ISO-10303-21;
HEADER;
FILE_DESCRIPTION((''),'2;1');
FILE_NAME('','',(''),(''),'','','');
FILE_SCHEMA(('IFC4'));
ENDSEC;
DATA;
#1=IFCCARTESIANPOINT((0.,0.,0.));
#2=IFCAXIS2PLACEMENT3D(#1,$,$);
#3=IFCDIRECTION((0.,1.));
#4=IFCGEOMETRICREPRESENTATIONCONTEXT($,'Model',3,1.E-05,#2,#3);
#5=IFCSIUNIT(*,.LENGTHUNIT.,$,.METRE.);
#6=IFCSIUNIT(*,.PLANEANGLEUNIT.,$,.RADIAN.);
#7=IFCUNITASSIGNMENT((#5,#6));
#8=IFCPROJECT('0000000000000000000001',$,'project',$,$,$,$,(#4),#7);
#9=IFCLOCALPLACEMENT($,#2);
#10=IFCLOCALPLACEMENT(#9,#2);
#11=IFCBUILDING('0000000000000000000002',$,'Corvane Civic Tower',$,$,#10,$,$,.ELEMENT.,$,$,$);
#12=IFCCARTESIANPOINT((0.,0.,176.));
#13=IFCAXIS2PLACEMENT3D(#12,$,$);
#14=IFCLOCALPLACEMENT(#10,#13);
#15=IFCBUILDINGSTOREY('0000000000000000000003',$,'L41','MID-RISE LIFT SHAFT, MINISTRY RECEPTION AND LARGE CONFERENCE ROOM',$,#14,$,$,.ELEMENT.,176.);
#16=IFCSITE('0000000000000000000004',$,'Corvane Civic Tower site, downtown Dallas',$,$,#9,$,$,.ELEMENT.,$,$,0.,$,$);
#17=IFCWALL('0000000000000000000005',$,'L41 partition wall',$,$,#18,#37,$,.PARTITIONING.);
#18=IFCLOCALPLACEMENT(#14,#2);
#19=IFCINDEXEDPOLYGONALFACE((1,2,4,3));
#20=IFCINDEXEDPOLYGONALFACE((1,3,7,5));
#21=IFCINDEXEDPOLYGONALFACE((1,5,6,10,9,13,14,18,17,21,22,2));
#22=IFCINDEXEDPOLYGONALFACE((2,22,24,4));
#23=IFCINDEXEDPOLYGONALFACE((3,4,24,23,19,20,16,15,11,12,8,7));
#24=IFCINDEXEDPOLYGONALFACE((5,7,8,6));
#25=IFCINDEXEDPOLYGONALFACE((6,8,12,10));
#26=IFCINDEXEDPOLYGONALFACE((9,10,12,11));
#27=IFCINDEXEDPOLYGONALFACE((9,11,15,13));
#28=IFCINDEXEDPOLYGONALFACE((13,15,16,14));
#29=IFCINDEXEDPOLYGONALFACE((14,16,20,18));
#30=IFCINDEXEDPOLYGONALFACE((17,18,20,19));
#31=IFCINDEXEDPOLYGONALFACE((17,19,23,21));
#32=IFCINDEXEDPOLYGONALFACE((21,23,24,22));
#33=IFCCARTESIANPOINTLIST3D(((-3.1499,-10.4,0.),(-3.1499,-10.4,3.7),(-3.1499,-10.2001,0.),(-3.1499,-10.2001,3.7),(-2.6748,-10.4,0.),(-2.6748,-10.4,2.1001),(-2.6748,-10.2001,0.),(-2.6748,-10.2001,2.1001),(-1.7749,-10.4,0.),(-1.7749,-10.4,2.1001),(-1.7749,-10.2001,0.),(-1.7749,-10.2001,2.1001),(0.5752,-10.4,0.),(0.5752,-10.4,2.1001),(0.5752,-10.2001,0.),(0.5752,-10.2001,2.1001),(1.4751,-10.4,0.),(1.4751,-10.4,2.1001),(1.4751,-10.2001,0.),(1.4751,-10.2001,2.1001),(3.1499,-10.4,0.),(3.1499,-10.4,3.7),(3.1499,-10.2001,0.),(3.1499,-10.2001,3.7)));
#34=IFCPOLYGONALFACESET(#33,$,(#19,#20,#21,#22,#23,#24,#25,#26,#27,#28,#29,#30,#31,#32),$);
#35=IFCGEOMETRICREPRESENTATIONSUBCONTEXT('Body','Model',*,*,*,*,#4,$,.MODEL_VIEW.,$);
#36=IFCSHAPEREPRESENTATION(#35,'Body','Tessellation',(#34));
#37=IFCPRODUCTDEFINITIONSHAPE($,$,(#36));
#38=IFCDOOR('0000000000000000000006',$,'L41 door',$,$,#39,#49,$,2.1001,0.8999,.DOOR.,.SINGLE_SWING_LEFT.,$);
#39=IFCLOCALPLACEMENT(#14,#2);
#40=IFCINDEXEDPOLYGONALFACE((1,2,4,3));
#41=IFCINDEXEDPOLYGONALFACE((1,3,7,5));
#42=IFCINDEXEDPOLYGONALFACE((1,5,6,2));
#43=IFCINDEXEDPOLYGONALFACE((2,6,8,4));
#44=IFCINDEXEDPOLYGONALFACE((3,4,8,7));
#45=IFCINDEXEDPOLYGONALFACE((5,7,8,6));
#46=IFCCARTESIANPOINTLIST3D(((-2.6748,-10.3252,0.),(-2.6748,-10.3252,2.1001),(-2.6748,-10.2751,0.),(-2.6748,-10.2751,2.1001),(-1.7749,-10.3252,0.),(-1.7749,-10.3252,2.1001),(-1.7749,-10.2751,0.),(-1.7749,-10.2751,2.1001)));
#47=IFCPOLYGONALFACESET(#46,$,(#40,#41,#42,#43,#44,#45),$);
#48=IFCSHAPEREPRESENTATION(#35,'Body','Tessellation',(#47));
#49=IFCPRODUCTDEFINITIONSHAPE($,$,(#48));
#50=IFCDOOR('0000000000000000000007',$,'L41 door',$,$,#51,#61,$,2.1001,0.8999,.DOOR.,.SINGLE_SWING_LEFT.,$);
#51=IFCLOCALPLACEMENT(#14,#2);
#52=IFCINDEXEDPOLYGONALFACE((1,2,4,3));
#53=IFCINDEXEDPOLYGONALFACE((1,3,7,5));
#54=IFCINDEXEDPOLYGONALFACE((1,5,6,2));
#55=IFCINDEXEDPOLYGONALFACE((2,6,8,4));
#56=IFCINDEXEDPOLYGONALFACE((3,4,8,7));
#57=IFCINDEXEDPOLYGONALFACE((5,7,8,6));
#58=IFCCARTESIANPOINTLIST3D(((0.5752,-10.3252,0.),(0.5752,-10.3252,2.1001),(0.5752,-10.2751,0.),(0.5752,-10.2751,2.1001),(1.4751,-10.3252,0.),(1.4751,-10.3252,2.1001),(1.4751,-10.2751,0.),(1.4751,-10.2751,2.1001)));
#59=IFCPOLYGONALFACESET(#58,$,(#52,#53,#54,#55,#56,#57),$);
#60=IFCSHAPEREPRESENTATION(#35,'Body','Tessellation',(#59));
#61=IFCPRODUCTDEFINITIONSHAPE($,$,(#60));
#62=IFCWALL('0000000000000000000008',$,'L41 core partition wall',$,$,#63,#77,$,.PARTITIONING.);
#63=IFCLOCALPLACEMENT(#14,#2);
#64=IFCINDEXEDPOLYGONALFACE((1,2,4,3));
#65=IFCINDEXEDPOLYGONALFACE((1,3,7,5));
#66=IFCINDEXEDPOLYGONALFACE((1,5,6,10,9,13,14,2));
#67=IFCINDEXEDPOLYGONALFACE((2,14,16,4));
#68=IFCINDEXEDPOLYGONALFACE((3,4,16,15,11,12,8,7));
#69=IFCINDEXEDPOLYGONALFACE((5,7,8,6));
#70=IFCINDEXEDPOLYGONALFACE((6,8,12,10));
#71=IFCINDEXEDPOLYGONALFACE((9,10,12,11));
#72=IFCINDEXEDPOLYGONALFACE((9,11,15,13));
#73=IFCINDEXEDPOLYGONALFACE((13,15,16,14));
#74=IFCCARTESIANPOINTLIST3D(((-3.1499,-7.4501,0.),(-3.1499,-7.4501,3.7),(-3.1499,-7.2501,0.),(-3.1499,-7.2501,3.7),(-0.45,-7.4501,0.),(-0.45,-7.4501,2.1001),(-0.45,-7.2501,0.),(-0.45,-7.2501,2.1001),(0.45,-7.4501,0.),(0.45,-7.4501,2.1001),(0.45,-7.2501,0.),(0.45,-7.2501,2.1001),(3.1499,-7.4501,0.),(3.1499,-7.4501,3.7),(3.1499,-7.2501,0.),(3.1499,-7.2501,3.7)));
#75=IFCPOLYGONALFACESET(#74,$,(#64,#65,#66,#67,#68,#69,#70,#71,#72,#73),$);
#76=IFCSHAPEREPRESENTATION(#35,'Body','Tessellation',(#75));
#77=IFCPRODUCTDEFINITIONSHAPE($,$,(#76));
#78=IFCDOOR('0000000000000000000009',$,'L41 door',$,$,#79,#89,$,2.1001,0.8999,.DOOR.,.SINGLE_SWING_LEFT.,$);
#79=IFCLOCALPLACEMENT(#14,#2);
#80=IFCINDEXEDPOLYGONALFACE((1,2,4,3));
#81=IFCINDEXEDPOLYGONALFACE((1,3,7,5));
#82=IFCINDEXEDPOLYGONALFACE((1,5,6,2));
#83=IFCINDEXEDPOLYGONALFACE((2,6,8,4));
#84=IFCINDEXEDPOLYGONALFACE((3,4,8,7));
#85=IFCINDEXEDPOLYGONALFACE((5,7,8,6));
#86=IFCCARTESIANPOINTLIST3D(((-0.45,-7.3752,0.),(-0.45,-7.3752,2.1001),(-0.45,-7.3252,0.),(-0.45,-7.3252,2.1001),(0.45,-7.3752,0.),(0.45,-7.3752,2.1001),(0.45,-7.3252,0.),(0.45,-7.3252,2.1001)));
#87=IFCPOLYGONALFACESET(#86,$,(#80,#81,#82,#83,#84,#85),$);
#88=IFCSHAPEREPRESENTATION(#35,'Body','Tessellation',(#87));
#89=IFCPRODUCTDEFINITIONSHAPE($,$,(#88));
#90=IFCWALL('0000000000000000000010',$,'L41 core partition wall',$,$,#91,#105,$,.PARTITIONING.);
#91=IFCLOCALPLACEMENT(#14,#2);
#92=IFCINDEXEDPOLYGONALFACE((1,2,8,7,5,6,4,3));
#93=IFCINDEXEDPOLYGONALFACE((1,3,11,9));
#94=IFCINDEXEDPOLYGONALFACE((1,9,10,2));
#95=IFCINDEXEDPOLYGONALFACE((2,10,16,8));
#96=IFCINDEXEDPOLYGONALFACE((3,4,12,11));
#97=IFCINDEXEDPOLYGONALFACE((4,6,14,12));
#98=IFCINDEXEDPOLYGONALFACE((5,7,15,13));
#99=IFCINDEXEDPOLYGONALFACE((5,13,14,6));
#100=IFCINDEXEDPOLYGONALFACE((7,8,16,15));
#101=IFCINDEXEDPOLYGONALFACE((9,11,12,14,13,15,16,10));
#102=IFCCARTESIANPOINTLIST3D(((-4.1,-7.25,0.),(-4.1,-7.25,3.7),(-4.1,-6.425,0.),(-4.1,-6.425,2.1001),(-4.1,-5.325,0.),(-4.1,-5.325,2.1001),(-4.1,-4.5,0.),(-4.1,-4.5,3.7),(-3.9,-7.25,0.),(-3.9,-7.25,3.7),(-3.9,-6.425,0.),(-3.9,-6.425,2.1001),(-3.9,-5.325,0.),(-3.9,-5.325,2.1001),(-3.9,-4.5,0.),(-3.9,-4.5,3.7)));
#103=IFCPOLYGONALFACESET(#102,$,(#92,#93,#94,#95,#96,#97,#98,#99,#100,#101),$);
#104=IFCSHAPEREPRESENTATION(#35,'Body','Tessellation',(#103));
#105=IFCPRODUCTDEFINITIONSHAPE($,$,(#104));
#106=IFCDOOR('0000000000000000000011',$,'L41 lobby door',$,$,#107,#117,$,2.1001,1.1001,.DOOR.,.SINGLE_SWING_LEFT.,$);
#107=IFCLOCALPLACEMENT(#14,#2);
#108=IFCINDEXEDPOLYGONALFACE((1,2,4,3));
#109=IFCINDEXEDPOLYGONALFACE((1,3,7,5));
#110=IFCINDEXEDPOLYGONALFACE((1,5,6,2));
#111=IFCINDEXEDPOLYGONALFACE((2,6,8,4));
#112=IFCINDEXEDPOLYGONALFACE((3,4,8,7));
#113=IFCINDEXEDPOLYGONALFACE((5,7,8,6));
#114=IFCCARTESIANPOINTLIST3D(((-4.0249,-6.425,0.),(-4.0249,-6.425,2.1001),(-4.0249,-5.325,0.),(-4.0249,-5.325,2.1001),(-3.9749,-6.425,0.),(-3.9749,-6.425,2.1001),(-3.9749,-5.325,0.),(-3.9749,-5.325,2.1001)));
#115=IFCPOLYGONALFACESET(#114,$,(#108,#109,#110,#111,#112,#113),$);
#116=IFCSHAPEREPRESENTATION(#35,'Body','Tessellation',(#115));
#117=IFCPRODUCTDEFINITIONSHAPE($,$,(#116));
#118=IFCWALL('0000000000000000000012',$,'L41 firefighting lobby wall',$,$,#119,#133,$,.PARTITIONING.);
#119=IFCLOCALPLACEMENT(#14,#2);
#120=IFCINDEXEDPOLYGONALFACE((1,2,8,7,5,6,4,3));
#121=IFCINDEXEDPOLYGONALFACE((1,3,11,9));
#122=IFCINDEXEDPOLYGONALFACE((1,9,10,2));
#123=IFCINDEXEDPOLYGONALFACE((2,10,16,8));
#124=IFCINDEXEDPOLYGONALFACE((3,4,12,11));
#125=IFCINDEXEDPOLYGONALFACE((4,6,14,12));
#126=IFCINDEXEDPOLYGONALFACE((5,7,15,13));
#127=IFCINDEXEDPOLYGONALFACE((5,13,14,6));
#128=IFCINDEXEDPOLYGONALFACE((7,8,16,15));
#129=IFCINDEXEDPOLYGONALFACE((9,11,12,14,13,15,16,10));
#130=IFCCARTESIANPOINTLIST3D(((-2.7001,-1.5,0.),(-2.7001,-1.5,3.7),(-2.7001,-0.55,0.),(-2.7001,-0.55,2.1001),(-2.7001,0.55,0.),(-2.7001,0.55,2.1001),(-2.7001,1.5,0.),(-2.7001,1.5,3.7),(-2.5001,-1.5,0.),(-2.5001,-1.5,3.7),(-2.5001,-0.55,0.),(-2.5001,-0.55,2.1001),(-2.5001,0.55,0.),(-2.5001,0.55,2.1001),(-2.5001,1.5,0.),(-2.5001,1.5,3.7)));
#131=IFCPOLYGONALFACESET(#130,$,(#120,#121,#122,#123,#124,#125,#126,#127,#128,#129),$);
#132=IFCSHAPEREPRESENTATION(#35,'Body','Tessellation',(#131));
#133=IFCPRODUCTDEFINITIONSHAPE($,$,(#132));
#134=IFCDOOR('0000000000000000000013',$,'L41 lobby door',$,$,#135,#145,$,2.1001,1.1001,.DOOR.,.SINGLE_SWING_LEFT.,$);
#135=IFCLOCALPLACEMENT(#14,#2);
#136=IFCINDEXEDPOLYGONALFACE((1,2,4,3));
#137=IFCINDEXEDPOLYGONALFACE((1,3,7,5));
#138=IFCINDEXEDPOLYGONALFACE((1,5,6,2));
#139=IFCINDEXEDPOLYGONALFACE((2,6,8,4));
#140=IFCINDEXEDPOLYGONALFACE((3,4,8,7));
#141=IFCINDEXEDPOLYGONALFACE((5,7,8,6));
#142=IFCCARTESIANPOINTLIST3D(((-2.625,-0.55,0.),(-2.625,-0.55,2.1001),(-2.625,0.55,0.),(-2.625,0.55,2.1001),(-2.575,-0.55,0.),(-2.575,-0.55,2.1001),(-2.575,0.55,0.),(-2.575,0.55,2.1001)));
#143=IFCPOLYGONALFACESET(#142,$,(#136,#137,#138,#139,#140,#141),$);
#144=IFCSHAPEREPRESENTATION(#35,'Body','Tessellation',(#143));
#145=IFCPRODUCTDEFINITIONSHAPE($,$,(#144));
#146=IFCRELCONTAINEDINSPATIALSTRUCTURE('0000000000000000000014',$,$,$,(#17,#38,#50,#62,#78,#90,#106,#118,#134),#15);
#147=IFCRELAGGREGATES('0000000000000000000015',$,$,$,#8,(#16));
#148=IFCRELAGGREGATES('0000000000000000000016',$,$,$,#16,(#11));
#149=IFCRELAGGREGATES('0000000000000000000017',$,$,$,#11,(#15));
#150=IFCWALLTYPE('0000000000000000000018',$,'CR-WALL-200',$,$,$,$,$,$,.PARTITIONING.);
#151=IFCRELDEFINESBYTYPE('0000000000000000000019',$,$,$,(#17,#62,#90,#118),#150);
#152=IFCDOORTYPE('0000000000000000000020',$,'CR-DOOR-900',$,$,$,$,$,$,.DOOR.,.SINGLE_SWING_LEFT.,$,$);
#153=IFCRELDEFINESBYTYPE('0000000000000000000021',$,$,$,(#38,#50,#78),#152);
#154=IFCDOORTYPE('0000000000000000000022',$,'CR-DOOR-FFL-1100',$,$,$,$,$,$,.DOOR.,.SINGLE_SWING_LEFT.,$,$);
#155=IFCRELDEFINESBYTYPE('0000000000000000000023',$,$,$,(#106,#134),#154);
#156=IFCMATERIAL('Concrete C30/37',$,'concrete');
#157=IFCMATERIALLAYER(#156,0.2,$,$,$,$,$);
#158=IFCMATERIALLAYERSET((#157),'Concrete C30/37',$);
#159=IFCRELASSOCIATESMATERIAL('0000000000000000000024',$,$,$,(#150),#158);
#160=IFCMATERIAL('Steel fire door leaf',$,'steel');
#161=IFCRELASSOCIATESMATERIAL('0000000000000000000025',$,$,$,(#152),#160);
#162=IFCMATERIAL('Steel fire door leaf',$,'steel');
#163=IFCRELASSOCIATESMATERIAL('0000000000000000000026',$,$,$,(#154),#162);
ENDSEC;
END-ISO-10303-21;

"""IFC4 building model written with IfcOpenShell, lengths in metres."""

from ifc_helpers import new_model, si_unit, direction, frame, frame_2d, origin, place, context, subcontext, project, spatial, rectangle, extrude, material, layer, layer_set, type_object, element, fill, save


model = new_model("IFC4")

# Units and contexts
model_context = context("Model", 3, precision=1e-05, world=origin(), true_north=direction((0.0, 1.0)))
body_context = subcontext(model_context, "Body", "Model", "MODEL_VIEW")
ifc_project = project(units=[si_unit("LENGTHUNIT", "METRE"), si_unit("PLANEANGLEUNIT", "RADIAN")], contexts=[model_context])

# Site, building, storey
site_placement = place(None, origin())
site = spatial("IfcSite", under=ifc_project, at=site_placement, Name="Corvane Civic Tower site, downtown Dallas", CompositionType="ELEMENT", RefElevation=0.0)
building_placement = place(site_placement, origin())
building = spatial("IfcBuilding", under=site, at=building_placement, Name="Corvane Civic Tower", CompositionType="ELEMENT")
storey_placement = place(building_placement, frame((0.0, 0.0, 176.0)))
storey = spatial("IfcBuildingStorey", under=building, at=storey_placement, Name="L41", Description="MID-RISE LIFT SHAFT, MINISTRY RECEPTION AND LARGE CONFERENCE ROOM", CompositionType="ELEMENT", Elevation=176.0)

# Wall, openings, doors
ifc_material_1 = material(Name="Concrete C30/37", Category="concrete")
ifc_layer_1 = layer(ifc_material_1, 0.2)
ifc_layer_set_1 = layer_set([ifc_layer_1], Name="Concrete C30/37")
wall_type = type_object("IfcWallType", Name="CR-WALL-200", PredefinedType="PARTITIONING", material=ifc_layer_set_1)
wall_1_placement = place(storey_placement, frame((-3.1499, -10.3, 0.0), z_axis=(0.0, 0.0, 1.0), x_axis=(1.0, 0.0, 0.0)))
wall_1 = element("IfcWall", 1, at=wall_1_placement, inside=storey, type_object=wall_type, Name="L41 partition wall", PredefinedType="PARTITIONING", context=body_context, shape_type="SweptSolid", body=[
    extrude(rectangle(XDim=6.2998, YDim=0.2, at=frame_2d((3.1499, 0.0))), origin(), (0.0, 0.0, 1.0), 3.7),
])
opening_1_placement = place(wall_1_placement, frame((0.4751, 0.0, 0.0)))
opening_1 = element("IfcOpeningElement", 2, at=opening_1_placement, cuts=wall_1, PredefinedType="OPENING", context=body_context, shape_type="SweptSolid", body=[
    extrude(rectangle(XDim=0.8999, YDim=2.1001, at=frame_2d((0.45, 1.05))), frame((0.0, 0.1099, 0.0), z_axis=(0.0, -1.0, 0.0), x_axis=(1.0, 0.0, 0.0)), (0.0, 0.0, 1.0), 0.22),
])
opening_2_placement = place(wall_1_placement, frame((3.7251, 0.0, 0.0)))
opening_2 = element("IfcOpeningElement", 3, at=opening_2_placement, cuts=wall_1, PredefinedType="OPENING", context=body_context, shape_type="SweptSolid", body=[
    extrude(rectangle(XDim=0.8999, YDim=2.1001, at=frame_2d((0.45, 1.05))), frame((0.0, 0.1099, 0.0), z_axis=(0.0, -1.0, 0.0), x_axis=(1.0, 0.0, 0.0)), (0.0, 0.0, 1.0), 0.22),
])
ifc_material_2 = material(Name="Steel fire door leaf", Category="steel")
door_type_1 = type_object("IfcDoorType", Name="CR-DOOR-900", OperationType="SINGLE_SWING_LEFT", PredefinedType="DOOR", material=ifc_material_2)
door_1_placement = place(opening_1_placement, origin())
door_1 = element("IfcDoor", 4, at=door_1_placement, inside=storey, type_object=door_type_1, Name="L41 door", OperationType="SINGLE_SWING_LEFT", OverallHeight=2.1001, OverallWidth=0.8999, PredefinedType="DOOR", context=body_context, shape_type="SweptSolid", body=[
    extrude(rectangle(XDim=0.8999, YDim=2.1001, at=frame_2d((0.45, 1.05))), frame((0.0, 0.0249, 0.0), z_axis=(0.0, -1.0, 0.0), x_axis=(1.0, 0.0, 0.0)), (0.0, 0.0, 1.0), 0.05),
])
fill(opening_1, door_1)
door_2_placement = place(opening_2_placement, origin())
door_2 = element("IfcDoor", 5, at=door_2_placement, inside=storey, type_object=door_type_1, Name="L41 door", OperationType="SINGLE_SWING_LEFT", OverallHeight=2.1001, OverallWidth=0.8999, PredefinedType="DOOR", context=body_context, shape_type="SweptSolid", body=[
    extrude(rectangle(XDim=0.8999, YDim=2.1001, at=frame_2d((0.45, 1.05))), frame((0.0, 0.0249, 0.0), z_axis=(0.0, -1.0, 0.0), x_axis=(1.0, 0.0, 0.0)), (0.0, 0.0, 1.0), 0.05),
])
fill(opening_2, door_2)

# Walls, openings, doors
wall_2_placement = place(storey_placement, frame((-3.1499, -7.3501, 0.0), z_axis=(0.0, 0.0, 1.0), x_axis=(1.0, 0.0, 0.0)))
wall_2 = element("IfcWall", 6, at=wall_2_placement, inside=storey, type_object=wall_type, Name="L41 core partition wall", PredefinedType="PARTITIONING", context=body_context, shape_type="SweptSolid", body=[
    extrude(rectangle(XDim=6.2998, YDim=0.2, at=frame_2d((3.1499, 0.0))), origin(), (0.0, 0.0, 1.0), 3.7),
])
opening_3_placement = place(wall_2_placement, frame((2.7, 0.0, 0.0)))
opening_3 = element("IfcOpeningElement", 7, at=opening_3_placement, cuts=wall_2, PredefinedType="OPENING", context=body_context, shape_type="SweptSolid", body=[
    extrude(rectangle(XDim=0.8999, YDim=2.1001, at=frame_2d((0.45, 1.05))), frame((0.0, 0.1099, 0.0), z_axis=(0.0, -1.0, 0.0), x_axis=(1.0, 0.0, 0.0)), (0.0, 0.0, 1.0), 0.22),
])
door_3_placement = place(opening_3_placement, origin())
door_3 = element("IfcDoor", 8, at=door_3_placement, inside=storey, type_object=door_type_1, Name="L41 door", OperationType="SINGLE_SWING_LEFT", OverallHeight=2.1001, OverallWidth=0.8999, PredefinedType="DOOR", context=body_context, shape_type="SweptSolid", body=[
    extrude(rectangle(XDim=0.8999, YDim=2.1001, at=frame_2d((0.45, 1.05))), frame((0.0, 0.0249, 0.0), z_axis=(0.0, -1.0, 0.0), x_axis=(1.0, 0.0, 0.0)), (0.0, 0.0, 1.0), 0.05),
])
fill(opening_3, door_3)
wall_3_placement = place(storey_placement, frame((-4.0, -7.25, 0.0), z_axis=(0.0, 0.0, 1.0), x_axis=(0.0, 1.0, 0.0)))
wall_3 = element("IfcWall", 9, at=wall_3_placement, inside=storey, type_object=wall_type, Name="L41 core partition wall", PredefinedType="PARTITIONING", context=body_context, shape_type="SweptSolid", body=[
    extrude(rectangle(XDim=2.75, YDim=0.2, at=frame_2d((1.375, 0.0))), origin(), (0.0, 0.0, 1.0), 3.7),
])
opening_4_placement = place(wall_3_placement, frame((0.825, 0.0, 0.0)))
opening_4 = element("IfcOpeningElement", 10, at=opening_4_placement, cuts=wall_3, PredefinedType="OPENING", context=body_context, shape_type="SweptSolid", body=[
    extrude(rectangle(XDim=1.1001, YDim=2.1001, at=frame_2d((0.55, 1.05))), frame((0.0, 0.1099, 0.0), z_axis=(0.0, -1.0, 0.0), x_axis=(1.0, 0.0, 0.0)), (0.0, 0.0, 1.0), 0.22),
])
ifc_material_3 = material(Name="Steel fire door leaf", Category="steel")
door_type_2 = type_object("IfcDoorType", Name="CR-DOOR-FFL-1100", OperationType="SINGLE_SWING_LEFT", PredefinedType="DOOR", material=ifc_material_3)
door_4_placement = place(opening_4_placement, origin())
door_4 = element("IfcDoor", 11, at=door_4_placement, inside=storey, type_object=door_type_2, Name="L41 lobby door", OperationType="SINGLE_SWING_LEFT", OverallHeight=2.1001, OverallWidth=1.1001, PredefinedType="DOOR", context=body_context, shape_type="SweptSolid", body=[
    extrude(rectangle(XDim=1.1001, YDim=2.1001, at=frame_2d((0.55, 1.05))), frame((0.0, 0.0249, 0.0), z_axis=(0.0, -1.0, 0.0), x_axis=(1.0, 0.0, 0.0)), (0.0, 0.0, 1.0), 0.05),
])
fill(opening_4, door_4)
wall_4_placement = place(storey_placement, frame((-2.6001, -1.5, 0.0), z_axis=(0.0, 0.0, 1.0), x_axis=(0.0, 1.0, 0.0)))
wall_4 = element("IfcWall", 12, at=wall_4_placement, inside=storey, type_object=wall_type, Name="L41 firefighting lobby wall", PredefinedType="PARTITIONING", context=body_context, shape_type="SweptSolid", body=[
    extrude(rectangle(XDim=3.0, YDim=0.2, at=frame_2d((1.5, 0.0))), origin(), (0.0, 0.0, 1.0), 3.7),
])
opening_5_placement = place(wall_4_placement, frame((0.95, 0.0, 0.0)))
opening_5 = element("IfcOpeningElement", 13, at=opening_5_placement, cuts=wall_4, PredefinedType="OPENING", context=body_context, shape_type="SweptSolid", body=[
    extrude(rectangle(XDim=1.1001, YDim=2.1001, at=frame_2d((0.55, 1.05))), frame((0.0, 0.1099, 0.0), z_axis=(0.0, -1.0, 0.0), x_axis=(1.0, 0.0, 0.0)), (0.0, 0.0, 1.0), 0.22),
])
door_5_placement = place(opening_5_placement, origin())
door_5 = element("IfcDoor", 14, at=door_5_placement, inside=storey, type_object=door_type_2, Name="L41 lobby door", OperationType="SINGLE_SWING_LEFT", OverallHeight=2.1001, OverallWidth=1.1001, PredefinedType="DOOR", context=body_context, shape_type="SweptSolid", body=[
    extrude(rectangle(XDim=1.1001, YDim=2.1001, at=frame_2d((0.55, 1.05))), frame((0.0, 0.0249, 0.0), z_axis=(0.0, -1.0, 0.0), x_axis=(1.0, 0.0, 0.0)), (0.0, 0.0, 1.0), 0.05),
])
fill(opening_5, door_5)

save(model, "model.ifc")
